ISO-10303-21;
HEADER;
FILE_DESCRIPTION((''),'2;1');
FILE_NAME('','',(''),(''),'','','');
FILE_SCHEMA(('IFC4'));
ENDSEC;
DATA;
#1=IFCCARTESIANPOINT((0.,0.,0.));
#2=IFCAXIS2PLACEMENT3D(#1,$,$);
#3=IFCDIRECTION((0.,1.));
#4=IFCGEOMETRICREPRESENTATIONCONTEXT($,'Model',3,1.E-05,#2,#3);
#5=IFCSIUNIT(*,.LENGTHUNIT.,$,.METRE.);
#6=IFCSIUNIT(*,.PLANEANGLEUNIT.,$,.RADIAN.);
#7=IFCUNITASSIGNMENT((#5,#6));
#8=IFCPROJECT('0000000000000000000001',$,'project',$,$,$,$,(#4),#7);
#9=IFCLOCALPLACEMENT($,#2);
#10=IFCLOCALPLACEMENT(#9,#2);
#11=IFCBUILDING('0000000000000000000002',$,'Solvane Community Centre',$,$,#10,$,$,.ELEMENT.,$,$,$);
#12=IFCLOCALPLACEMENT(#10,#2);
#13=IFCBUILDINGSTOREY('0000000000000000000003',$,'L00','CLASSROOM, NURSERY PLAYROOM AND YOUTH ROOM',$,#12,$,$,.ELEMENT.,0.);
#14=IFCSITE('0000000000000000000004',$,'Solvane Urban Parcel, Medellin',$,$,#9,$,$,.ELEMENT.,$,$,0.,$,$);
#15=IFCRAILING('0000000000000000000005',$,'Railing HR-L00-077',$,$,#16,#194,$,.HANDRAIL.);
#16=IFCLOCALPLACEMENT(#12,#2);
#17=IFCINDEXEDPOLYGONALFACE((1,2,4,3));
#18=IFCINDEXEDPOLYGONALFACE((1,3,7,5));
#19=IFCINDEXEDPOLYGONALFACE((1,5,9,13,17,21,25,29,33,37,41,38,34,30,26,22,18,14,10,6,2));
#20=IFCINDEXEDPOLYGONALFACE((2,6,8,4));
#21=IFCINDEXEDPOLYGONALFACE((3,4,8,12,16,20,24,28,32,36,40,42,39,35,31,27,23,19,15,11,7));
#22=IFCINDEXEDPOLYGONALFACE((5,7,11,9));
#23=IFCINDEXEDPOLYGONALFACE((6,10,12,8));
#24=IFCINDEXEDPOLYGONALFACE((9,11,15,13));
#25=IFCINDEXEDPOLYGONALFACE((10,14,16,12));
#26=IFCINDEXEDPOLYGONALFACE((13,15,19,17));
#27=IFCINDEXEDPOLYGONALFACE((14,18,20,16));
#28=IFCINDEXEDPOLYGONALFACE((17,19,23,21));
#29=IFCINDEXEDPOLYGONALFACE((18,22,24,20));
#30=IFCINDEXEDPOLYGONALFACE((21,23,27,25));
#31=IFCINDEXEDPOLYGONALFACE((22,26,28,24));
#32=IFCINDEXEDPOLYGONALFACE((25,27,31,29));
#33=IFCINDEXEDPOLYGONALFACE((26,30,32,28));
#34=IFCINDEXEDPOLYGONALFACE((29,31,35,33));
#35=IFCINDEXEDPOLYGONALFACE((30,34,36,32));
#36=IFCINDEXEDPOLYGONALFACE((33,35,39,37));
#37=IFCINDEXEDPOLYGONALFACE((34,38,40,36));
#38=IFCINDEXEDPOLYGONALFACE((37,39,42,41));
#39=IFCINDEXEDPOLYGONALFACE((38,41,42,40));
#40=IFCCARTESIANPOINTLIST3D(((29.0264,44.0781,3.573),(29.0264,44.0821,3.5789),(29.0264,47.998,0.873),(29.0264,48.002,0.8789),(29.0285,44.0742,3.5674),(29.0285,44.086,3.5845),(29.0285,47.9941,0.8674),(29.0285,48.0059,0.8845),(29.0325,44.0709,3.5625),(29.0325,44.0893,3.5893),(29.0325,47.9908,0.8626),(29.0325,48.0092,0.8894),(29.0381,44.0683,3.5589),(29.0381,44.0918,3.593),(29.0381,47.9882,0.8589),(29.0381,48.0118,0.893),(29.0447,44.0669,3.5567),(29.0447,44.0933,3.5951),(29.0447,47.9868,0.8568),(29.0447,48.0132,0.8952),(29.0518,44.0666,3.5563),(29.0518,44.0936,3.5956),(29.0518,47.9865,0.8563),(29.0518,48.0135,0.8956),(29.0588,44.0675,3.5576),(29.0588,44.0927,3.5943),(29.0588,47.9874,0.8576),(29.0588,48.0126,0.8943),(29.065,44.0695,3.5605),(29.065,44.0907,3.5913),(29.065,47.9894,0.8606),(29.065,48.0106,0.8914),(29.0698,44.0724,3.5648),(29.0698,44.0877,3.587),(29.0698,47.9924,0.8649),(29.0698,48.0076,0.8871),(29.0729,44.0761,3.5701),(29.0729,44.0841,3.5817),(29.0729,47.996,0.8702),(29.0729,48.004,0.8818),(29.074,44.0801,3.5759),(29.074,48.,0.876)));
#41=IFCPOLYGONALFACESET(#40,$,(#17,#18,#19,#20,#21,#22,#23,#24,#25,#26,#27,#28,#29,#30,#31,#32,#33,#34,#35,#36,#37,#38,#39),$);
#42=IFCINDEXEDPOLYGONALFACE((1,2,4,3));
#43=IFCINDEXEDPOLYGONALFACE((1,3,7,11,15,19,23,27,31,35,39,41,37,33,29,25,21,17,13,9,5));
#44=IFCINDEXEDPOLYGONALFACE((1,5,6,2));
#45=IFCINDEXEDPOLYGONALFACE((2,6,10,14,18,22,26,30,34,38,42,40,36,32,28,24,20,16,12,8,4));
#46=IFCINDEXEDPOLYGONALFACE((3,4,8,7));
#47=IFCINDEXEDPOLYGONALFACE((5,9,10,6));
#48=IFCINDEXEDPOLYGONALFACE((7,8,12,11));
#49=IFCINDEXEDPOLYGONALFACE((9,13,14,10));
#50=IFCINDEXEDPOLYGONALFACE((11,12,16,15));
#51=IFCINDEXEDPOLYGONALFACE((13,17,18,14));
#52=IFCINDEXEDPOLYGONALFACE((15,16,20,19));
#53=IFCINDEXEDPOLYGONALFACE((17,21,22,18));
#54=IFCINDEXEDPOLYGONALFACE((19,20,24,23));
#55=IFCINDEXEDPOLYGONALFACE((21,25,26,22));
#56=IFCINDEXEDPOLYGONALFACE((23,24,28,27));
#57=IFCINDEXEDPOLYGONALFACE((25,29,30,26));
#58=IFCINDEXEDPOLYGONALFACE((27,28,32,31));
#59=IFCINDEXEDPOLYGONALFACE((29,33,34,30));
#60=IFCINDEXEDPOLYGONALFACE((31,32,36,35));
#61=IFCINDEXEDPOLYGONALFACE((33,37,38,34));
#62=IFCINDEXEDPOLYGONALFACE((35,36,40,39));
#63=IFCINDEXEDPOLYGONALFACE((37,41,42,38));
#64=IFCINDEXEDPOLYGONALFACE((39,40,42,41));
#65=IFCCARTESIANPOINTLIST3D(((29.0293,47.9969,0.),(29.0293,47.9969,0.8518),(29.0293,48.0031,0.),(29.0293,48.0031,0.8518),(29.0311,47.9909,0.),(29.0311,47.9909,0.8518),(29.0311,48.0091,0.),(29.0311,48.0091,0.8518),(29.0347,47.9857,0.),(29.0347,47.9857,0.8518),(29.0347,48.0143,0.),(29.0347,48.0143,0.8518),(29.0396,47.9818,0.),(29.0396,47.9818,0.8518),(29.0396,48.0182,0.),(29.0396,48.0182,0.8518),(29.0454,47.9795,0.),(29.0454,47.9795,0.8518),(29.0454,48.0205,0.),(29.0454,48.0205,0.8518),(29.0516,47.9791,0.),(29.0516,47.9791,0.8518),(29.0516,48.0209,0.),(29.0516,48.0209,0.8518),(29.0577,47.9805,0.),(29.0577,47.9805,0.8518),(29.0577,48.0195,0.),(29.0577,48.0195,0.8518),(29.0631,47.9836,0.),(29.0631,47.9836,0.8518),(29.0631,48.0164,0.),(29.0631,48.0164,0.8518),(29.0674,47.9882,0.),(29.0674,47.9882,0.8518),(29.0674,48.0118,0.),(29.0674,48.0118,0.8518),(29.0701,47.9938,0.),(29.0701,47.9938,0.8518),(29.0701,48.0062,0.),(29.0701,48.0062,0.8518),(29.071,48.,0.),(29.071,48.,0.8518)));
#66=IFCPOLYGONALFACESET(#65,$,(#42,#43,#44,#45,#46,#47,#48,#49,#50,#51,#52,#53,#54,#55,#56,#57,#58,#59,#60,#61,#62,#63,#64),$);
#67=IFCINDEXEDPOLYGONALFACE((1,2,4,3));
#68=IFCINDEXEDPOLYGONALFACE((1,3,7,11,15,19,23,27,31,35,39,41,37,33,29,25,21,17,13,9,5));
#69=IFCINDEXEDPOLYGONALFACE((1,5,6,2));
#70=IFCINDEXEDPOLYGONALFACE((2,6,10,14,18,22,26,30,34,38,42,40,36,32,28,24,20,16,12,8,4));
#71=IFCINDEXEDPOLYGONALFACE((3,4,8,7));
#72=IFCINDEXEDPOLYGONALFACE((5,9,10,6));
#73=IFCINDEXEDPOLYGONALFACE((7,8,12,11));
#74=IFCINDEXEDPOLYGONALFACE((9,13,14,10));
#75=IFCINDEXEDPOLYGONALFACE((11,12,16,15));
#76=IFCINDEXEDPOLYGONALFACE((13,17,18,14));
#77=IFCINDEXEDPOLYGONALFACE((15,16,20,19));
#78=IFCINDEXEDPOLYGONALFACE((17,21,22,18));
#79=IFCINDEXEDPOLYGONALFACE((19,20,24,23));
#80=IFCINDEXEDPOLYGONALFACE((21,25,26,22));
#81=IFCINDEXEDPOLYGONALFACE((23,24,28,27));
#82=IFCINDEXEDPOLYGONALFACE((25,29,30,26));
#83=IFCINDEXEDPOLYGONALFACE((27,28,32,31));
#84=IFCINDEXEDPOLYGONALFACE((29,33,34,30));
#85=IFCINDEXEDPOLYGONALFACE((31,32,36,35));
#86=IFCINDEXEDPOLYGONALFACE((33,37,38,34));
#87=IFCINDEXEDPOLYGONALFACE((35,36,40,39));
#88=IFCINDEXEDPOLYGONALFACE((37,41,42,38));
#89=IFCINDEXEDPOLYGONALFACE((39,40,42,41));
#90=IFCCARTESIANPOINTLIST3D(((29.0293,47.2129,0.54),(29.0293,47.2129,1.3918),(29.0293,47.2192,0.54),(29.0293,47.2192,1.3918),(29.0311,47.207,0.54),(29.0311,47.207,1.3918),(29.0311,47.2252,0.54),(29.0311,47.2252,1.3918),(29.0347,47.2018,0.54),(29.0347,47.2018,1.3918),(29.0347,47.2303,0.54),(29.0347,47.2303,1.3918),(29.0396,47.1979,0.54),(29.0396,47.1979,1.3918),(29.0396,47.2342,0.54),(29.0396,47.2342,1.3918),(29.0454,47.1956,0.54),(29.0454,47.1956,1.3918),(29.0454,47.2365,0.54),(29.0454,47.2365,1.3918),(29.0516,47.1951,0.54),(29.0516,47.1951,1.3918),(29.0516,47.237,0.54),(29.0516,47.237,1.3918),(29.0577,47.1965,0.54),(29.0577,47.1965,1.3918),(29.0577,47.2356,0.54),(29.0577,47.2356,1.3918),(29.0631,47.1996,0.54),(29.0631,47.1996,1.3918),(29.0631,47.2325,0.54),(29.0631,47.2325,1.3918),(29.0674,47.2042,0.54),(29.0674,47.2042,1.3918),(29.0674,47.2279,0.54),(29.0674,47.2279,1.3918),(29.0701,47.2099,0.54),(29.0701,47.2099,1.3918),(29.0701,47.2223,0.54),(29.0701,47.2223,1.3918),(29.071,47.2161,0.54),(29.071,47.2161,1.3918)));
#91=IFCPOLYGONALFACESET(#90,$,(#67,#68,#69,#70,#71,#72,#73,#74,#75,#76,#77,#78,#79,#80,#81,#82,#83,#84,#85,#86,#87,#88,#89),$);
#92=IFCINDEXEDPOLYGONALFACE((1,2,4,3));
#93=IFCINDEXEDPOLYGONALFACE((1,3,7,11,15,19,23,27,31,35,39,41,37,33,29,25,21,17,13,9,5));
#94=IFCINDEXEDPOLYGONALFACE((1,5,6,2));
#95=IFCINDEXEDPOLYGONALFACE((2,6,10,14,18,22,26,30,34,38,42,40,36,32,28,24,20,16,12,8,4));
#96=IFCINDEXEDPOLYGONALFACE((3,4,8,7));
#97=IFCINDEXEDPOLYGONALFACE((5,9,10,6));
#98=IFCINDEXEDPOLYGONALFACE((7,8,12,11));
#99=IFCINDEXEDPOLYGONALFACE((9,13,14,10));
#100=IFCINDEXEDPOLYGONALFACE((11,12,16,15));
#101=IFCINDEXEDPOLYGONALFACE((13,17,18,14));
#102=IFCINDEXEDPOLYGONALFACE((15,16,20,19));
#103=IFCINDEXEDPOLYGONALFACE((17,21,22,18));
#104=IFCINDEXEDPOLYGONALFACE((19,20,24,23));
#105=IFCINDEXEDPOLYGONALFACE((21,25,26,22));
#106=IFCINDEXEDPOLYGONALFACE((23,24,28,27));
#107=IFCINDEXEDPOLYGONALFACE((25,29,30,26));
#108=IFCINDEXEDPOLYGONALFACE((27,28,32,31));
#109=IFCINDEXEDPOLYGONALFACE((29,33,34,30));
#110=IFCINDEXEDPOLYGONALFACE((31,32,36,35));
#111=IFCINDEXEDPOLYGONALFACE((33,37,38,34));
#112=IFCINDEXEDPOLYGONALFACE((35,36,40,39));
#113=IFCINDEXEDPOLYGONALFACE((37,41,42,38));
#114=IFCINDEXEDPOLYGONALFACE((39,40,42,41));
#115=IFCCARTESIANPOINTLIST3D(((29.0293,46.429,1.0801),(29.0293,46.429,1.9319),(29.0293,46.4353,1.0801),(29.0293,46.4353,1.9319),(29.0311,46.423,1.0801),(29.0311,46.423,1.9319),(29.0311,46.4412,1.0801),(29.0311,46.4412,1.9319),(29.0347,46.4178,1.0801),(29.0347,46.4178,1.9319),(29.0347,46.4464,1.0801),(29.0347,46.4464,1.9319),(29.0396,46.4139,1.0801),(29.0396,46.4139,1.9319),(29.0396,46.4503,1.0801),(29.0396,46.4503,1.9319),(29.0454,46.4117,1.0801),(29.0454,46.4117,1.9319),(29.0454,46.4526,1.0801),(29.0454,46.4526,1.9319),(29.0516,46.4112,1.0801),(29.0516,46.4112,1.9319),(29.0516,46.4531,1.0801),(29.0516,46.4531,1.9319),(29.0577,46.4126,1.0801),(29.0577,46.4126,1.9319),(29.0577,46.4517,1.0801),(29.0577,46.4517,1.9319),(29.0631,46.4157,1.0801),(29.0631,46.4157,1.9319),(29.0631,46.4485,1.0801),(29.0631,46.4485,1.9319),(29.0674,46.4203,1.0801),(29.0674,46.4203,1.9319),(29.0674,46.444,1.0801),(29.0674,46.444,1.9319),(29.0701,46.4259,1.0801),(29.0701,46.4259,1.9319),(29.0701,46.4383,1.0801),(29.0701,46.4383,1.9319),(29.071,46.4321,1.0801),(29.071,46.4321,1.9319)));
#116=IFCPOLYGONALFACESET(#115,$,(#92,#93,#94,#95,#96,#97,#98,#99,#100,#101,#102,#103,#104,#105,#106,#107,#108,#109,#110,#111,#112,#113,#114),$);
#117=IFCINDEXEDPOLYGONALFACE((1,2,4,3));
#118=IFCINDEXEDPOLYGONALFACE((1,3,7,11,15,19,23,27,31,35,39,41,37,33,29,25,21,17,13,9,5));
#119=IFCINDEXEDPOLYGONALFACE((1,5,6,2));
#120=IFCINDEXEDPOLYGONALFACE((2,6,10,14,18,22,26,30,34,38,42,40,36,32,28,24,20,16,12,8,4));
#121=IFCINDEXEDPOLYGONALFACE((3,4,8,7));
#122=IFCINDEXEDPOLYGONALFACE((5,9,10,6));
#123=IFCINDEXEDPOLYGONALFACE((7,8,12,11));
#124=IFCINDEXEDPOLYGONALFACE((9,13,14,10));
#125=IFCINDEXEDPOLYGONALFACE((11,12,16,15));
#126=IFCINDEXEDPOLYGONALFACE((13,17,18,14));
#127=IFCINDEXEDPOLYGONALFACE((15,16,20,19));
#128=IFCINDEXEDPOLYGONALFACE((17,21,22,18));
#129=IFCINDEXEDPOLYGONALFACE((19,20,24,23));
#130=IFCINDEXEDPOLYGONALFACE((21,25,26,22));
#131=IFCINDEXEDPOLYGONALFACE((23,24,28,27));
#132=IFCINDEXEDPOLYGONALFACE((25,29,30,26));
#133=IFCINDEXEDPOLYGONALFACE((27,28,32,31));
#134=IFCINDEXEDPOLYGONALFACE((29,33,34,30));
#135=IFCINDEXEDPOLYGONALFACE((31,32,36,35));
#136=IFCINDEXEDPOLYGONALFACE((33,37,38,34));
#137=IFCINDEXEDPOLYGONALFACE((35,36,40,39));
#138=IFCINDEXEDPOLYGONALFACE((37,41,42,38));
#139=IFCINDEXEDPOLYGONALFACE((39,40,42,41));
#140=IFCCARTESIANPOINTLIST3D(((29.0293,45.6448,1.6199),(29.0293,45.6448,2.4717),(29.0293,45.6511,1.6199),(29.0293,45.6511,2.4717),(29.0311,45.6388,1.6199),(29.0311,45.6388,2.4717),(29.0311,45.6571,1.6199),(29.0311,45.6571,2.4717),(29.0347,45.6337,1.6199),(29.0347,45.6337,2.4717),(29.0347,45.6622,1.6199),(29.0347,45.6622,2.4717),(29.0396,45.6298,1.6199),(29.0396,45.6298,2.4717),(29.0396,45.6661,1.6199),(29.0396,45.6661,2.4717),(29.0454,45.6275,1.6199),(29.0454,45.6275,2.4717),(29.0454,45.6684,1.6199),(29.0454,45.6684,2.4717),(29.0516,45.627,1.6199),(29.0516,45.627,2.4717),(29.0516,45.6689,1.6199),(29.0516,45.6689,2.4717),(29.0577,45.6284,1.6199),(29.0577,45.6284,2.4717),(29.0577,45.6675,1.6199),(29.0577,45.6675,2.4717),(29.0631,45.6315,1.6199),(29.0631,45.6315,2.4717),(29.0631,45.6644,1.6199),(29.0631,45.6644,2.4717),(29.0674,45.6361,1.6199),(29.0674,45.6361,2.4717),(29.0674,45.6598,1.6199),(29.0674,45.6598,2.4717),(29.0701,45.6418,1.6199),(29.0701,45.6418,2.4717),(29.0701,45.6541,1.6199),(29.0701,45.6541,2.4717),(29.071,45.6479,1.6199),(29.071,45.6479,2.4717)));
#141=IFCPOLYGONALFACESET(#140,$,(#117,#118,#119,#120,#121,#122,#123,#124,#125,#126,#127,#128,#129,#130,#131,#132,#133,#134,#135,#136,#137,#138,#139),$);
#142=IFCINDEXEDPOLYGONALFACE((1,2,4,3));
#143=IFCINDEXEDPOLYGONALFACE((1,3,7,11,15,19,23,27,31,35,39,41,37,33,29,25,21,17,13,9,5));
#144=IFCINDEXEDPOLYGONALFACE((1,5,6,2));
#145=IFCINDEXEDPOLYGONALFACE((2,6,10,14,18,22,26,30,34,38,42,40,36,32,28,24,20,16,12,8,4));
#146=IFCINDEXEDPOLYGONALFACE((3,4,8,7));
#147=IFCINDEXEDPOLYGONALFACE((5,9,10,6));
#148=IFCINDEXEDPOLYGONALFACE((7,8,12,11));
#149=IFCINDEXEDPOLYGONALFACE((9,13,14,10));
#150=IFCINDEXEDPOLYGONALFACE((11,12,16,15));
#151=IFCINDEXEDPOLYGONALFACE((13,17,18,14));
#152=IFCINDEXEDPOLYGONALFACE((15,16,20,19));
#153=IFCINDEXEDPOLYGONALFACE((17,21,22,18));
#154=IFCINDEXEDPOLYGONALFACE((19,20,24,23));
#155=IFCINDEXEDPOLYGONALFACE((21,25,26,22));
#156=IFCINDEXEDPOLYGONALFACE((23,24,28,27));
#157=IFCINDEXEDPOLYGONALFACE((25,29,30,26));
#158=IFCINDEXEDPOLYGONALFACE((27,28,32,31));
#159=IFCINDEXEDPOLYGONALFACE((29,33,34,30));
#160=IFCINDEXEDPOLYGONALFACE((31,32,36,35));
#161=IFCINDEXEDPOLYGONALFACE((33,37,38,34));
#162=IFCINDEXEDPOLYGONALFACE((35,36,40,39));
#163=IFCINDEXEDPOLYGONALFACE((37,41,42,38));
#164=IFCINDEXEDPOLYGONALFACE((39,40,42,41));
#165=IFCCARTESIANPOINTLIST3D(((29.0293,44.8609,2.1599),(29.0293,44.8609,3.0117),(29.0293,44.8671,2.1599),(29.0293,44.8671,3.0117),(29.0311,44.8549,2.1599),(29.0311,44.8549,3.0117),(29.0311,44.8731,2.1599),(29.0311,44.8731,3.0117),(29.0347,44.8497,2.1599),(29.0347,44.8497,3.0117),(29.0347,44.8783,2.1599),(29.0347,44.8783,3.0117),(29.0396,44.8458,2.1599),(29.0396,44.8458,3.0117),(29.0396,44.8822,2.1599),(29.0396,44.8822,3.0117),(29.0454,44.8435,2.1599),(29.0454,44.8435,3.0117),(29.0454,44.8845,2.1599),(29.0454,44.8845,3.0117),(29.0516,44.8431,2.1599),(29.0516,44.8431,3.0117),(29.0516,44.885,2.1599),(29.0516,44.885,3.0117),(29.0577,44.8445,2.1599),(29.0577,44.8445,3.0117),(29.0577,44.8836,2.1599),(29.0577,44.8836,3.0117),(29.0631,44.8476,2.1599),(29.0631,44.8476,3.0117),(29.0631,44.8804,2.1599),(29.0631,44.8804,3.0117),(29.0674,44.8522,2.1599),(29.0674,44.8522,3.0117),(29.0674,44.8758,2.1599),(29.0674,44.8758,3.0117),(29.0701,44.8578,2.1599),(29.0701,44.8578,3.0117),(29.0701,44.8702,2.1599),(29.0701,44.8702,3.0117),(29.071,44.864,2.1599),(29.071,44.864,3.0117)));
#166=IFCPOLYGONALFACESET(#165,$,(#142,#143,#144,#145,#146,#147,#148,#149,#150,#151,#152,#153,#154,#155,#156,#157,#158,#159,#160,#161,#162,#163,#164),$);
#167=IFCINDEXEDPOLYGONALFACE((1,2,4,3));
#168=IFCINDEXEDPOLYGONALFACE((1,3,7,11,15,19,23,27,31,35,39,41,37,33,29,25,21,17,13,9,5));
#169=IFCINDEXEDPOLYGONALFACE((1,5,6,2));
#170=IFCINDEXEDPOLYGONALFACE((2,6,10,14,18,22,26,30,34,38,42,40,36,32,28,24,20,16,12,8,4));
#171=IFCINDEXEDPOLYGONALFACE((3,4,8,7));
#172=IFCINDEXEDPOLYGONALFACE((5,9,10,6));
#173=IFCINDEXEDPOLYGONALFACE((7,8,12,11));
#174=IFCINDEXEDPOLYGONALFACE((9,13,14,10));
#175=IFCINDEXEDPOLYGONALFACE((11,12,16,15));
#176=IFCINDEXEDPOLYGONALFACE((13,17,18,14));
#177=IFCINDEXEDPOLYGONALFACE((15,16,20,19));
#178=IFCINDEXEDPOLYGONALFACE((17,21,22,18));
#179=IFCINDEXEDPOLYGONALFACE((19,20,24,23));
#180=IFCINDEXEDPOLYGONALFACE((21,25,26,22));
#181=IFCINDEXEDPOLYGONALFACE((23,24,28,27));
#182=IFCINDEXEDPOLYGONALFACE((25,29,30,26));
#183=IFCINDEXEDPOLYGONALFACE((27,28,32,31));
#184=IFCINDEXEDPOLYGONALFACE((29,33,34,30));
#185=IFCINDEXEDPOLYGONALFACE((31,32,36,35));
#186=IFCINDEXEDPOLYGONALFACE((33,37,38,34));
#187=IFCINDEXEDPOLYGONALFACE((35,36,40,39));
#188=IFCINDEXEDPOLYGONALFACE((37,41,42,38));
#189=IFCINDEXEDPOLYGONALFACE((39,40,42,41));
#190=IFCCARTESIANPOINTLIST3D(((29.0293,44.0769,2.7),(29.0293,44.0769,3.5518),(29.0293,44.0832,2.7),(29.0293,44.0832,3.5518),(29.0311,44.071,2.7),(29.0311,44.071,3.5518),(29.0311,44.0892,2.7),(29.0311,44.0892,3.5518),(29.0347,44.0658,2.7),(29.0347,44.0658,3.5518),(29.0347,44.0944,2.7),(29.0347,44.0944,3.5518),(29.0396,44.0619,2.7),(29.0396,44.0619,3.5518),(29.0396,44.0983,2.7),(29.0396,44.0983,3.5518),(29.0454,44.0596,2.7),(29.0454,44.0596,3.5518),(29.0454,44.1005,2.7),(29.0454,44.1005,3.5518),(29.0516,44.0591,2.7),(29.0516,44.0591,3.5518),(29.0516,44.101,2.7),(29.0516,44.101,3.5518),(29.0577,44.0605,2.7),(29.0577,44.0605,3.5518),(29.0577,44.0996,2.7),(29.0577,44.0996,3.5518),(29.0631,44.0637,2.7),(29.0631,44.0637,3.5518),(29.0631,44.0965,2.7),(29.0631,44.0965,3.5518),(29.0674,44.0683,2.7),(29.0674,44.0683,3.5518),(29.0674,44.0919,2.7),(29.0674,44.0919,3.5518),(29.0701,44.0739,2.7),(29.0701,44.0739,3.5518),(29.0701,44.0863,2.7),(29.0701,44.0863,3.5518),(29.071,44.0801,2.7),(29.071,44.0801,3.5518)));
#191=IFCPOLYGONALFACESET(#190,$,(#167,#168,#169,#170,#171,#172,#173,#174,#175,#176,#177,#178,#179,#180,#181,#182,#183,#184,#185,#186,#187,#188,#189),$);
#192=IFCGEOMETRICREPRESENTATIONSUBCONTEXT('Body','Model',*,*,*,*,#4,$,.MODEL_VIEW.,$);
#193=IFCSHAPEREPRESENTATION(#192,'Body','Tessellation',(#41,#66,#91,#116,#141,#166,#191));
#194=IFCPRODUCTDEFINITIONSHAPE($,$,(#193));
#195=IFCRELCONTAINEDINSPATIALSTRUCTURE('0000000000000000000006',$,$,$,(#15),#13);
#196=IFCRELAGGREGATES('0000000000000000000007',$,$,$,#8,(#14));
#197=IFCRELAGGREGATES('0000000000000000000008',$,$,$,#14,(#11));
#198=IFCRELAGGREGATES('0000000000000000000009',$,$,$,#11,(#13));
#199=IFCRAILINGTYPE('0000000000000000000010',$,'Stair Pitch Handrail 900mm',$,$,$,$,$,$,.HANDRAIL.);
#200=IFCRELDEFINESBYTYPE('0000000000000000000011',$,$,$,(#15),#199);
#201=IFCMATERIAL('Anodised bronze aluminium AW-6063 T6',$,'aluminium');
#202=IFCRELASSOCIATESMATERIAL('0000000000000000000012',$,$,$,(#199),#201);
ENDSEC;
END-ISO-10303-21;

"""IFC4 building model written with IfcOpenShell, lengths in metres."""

from ifc_helpers import new_model, si_unit, direction, frame, origin, origin_2d, place, context, subcontext, project, spatial, circle, extrude, material, type_object, element, save


model = new_model("IFC4")

# Units and contexts
model_context = context("Model", 3, precision=1e-05, world=origin(), true_north=direction((0.0, 1.0)))
body_context = subcontext(model_context, "Body", "Model", "MODEL_VIEW")
ifc_project = project(units=[si_unit("LENGTHUNIT", "METRE"), si_unit("PLANEANGLEUNIT", "RADIAN")], contexts=[model_context])

# Site, building, storey
site_placement = place(None, origin())
site = spatial("IfcSite", under=ifc_project, at=site_placement, Name="Solvane Urban Parcel, Medellin", CompositionType="ELEMENT", RefElevation=0.0)
building_placement = place(site_placement, origin())
building = spatial("IfcBuilding", under=site, at=building_placement, Name="Solvane Community Centre", CompositionType="ELEMENT")
storey_placement = place(building_placement, origin())
storey = spatial("IfcBuildingStorey", under=building, at=storey_placement, Name="L00", Description="CLASSROOM, NURSERY PLAYROOM AND YOUTH ROOM", CompositionType="ELEMENT", Elevation=0.0)

# Shared definitions
ifc_material_1 = material(Name="Anodised bronze aluminium AW-6063 T6", Category="aluminium")

# Railing
railing_type = type_object("IfcRailingType", Name="Stair Pitch Handrail 900mm", PredefinedType="HANDRAIL", material=ifc_material_1)
railing_placement = place(storey_placement, frame((29.05, 48.0, 0.0)))
element("IfcRailing", 1, at=railing_placement, inside=storey, type_object=railing_type, Name="Railing HR-L00-077", PredefinedType="HANDRAIL", context=body_context, shape_type="SweptSolid", body=[
    extrude(circle(Radius=0.0239, at=origin_2d()), frame((0.0, 0.0, 0.876), z_axis=(0.0, -0.823551, 0.567243), x_axis=(1.0, 0.0, 0.0)), (0.0, 0.0, 1.0), 4.7598),
    extrude(circle(Radius=0.021, at=origin_2d()), origin(), (0.0, 0.0, 1.0), 0.8518),
    extrude(circle(Radius=0.021, at=origin_2d()), frame((0.0, -0.7839, 0.54)), (0.0, 0.0, 1.0), 0.8518),
    extrude(circle(Radius=0.021, at=origin_2d()), frame((0.0, -1.5679, 1.0801)), (0.0, 0.0, 1.0), 0.8518),
    extrude(circle(Radius=0.021, at=origin_2d()), frame((0.0, -2.3521, 1.6199)), (0.0, 0.0, 1.0), 0.8518),
    extrude(circle(Radius=0.021, at=origin_2d()), frame((0.0, -3.136, 2.1599)), (0.0, 0.0, 1.0), 0.8518),
    extrude(circle(Radius=0.021, at=origin_2d()), frame((0.0, -3.9199, 2.7)), (0.0, 0.0, 1.0), 0.8518),
])

save(model, "model.ifc")
